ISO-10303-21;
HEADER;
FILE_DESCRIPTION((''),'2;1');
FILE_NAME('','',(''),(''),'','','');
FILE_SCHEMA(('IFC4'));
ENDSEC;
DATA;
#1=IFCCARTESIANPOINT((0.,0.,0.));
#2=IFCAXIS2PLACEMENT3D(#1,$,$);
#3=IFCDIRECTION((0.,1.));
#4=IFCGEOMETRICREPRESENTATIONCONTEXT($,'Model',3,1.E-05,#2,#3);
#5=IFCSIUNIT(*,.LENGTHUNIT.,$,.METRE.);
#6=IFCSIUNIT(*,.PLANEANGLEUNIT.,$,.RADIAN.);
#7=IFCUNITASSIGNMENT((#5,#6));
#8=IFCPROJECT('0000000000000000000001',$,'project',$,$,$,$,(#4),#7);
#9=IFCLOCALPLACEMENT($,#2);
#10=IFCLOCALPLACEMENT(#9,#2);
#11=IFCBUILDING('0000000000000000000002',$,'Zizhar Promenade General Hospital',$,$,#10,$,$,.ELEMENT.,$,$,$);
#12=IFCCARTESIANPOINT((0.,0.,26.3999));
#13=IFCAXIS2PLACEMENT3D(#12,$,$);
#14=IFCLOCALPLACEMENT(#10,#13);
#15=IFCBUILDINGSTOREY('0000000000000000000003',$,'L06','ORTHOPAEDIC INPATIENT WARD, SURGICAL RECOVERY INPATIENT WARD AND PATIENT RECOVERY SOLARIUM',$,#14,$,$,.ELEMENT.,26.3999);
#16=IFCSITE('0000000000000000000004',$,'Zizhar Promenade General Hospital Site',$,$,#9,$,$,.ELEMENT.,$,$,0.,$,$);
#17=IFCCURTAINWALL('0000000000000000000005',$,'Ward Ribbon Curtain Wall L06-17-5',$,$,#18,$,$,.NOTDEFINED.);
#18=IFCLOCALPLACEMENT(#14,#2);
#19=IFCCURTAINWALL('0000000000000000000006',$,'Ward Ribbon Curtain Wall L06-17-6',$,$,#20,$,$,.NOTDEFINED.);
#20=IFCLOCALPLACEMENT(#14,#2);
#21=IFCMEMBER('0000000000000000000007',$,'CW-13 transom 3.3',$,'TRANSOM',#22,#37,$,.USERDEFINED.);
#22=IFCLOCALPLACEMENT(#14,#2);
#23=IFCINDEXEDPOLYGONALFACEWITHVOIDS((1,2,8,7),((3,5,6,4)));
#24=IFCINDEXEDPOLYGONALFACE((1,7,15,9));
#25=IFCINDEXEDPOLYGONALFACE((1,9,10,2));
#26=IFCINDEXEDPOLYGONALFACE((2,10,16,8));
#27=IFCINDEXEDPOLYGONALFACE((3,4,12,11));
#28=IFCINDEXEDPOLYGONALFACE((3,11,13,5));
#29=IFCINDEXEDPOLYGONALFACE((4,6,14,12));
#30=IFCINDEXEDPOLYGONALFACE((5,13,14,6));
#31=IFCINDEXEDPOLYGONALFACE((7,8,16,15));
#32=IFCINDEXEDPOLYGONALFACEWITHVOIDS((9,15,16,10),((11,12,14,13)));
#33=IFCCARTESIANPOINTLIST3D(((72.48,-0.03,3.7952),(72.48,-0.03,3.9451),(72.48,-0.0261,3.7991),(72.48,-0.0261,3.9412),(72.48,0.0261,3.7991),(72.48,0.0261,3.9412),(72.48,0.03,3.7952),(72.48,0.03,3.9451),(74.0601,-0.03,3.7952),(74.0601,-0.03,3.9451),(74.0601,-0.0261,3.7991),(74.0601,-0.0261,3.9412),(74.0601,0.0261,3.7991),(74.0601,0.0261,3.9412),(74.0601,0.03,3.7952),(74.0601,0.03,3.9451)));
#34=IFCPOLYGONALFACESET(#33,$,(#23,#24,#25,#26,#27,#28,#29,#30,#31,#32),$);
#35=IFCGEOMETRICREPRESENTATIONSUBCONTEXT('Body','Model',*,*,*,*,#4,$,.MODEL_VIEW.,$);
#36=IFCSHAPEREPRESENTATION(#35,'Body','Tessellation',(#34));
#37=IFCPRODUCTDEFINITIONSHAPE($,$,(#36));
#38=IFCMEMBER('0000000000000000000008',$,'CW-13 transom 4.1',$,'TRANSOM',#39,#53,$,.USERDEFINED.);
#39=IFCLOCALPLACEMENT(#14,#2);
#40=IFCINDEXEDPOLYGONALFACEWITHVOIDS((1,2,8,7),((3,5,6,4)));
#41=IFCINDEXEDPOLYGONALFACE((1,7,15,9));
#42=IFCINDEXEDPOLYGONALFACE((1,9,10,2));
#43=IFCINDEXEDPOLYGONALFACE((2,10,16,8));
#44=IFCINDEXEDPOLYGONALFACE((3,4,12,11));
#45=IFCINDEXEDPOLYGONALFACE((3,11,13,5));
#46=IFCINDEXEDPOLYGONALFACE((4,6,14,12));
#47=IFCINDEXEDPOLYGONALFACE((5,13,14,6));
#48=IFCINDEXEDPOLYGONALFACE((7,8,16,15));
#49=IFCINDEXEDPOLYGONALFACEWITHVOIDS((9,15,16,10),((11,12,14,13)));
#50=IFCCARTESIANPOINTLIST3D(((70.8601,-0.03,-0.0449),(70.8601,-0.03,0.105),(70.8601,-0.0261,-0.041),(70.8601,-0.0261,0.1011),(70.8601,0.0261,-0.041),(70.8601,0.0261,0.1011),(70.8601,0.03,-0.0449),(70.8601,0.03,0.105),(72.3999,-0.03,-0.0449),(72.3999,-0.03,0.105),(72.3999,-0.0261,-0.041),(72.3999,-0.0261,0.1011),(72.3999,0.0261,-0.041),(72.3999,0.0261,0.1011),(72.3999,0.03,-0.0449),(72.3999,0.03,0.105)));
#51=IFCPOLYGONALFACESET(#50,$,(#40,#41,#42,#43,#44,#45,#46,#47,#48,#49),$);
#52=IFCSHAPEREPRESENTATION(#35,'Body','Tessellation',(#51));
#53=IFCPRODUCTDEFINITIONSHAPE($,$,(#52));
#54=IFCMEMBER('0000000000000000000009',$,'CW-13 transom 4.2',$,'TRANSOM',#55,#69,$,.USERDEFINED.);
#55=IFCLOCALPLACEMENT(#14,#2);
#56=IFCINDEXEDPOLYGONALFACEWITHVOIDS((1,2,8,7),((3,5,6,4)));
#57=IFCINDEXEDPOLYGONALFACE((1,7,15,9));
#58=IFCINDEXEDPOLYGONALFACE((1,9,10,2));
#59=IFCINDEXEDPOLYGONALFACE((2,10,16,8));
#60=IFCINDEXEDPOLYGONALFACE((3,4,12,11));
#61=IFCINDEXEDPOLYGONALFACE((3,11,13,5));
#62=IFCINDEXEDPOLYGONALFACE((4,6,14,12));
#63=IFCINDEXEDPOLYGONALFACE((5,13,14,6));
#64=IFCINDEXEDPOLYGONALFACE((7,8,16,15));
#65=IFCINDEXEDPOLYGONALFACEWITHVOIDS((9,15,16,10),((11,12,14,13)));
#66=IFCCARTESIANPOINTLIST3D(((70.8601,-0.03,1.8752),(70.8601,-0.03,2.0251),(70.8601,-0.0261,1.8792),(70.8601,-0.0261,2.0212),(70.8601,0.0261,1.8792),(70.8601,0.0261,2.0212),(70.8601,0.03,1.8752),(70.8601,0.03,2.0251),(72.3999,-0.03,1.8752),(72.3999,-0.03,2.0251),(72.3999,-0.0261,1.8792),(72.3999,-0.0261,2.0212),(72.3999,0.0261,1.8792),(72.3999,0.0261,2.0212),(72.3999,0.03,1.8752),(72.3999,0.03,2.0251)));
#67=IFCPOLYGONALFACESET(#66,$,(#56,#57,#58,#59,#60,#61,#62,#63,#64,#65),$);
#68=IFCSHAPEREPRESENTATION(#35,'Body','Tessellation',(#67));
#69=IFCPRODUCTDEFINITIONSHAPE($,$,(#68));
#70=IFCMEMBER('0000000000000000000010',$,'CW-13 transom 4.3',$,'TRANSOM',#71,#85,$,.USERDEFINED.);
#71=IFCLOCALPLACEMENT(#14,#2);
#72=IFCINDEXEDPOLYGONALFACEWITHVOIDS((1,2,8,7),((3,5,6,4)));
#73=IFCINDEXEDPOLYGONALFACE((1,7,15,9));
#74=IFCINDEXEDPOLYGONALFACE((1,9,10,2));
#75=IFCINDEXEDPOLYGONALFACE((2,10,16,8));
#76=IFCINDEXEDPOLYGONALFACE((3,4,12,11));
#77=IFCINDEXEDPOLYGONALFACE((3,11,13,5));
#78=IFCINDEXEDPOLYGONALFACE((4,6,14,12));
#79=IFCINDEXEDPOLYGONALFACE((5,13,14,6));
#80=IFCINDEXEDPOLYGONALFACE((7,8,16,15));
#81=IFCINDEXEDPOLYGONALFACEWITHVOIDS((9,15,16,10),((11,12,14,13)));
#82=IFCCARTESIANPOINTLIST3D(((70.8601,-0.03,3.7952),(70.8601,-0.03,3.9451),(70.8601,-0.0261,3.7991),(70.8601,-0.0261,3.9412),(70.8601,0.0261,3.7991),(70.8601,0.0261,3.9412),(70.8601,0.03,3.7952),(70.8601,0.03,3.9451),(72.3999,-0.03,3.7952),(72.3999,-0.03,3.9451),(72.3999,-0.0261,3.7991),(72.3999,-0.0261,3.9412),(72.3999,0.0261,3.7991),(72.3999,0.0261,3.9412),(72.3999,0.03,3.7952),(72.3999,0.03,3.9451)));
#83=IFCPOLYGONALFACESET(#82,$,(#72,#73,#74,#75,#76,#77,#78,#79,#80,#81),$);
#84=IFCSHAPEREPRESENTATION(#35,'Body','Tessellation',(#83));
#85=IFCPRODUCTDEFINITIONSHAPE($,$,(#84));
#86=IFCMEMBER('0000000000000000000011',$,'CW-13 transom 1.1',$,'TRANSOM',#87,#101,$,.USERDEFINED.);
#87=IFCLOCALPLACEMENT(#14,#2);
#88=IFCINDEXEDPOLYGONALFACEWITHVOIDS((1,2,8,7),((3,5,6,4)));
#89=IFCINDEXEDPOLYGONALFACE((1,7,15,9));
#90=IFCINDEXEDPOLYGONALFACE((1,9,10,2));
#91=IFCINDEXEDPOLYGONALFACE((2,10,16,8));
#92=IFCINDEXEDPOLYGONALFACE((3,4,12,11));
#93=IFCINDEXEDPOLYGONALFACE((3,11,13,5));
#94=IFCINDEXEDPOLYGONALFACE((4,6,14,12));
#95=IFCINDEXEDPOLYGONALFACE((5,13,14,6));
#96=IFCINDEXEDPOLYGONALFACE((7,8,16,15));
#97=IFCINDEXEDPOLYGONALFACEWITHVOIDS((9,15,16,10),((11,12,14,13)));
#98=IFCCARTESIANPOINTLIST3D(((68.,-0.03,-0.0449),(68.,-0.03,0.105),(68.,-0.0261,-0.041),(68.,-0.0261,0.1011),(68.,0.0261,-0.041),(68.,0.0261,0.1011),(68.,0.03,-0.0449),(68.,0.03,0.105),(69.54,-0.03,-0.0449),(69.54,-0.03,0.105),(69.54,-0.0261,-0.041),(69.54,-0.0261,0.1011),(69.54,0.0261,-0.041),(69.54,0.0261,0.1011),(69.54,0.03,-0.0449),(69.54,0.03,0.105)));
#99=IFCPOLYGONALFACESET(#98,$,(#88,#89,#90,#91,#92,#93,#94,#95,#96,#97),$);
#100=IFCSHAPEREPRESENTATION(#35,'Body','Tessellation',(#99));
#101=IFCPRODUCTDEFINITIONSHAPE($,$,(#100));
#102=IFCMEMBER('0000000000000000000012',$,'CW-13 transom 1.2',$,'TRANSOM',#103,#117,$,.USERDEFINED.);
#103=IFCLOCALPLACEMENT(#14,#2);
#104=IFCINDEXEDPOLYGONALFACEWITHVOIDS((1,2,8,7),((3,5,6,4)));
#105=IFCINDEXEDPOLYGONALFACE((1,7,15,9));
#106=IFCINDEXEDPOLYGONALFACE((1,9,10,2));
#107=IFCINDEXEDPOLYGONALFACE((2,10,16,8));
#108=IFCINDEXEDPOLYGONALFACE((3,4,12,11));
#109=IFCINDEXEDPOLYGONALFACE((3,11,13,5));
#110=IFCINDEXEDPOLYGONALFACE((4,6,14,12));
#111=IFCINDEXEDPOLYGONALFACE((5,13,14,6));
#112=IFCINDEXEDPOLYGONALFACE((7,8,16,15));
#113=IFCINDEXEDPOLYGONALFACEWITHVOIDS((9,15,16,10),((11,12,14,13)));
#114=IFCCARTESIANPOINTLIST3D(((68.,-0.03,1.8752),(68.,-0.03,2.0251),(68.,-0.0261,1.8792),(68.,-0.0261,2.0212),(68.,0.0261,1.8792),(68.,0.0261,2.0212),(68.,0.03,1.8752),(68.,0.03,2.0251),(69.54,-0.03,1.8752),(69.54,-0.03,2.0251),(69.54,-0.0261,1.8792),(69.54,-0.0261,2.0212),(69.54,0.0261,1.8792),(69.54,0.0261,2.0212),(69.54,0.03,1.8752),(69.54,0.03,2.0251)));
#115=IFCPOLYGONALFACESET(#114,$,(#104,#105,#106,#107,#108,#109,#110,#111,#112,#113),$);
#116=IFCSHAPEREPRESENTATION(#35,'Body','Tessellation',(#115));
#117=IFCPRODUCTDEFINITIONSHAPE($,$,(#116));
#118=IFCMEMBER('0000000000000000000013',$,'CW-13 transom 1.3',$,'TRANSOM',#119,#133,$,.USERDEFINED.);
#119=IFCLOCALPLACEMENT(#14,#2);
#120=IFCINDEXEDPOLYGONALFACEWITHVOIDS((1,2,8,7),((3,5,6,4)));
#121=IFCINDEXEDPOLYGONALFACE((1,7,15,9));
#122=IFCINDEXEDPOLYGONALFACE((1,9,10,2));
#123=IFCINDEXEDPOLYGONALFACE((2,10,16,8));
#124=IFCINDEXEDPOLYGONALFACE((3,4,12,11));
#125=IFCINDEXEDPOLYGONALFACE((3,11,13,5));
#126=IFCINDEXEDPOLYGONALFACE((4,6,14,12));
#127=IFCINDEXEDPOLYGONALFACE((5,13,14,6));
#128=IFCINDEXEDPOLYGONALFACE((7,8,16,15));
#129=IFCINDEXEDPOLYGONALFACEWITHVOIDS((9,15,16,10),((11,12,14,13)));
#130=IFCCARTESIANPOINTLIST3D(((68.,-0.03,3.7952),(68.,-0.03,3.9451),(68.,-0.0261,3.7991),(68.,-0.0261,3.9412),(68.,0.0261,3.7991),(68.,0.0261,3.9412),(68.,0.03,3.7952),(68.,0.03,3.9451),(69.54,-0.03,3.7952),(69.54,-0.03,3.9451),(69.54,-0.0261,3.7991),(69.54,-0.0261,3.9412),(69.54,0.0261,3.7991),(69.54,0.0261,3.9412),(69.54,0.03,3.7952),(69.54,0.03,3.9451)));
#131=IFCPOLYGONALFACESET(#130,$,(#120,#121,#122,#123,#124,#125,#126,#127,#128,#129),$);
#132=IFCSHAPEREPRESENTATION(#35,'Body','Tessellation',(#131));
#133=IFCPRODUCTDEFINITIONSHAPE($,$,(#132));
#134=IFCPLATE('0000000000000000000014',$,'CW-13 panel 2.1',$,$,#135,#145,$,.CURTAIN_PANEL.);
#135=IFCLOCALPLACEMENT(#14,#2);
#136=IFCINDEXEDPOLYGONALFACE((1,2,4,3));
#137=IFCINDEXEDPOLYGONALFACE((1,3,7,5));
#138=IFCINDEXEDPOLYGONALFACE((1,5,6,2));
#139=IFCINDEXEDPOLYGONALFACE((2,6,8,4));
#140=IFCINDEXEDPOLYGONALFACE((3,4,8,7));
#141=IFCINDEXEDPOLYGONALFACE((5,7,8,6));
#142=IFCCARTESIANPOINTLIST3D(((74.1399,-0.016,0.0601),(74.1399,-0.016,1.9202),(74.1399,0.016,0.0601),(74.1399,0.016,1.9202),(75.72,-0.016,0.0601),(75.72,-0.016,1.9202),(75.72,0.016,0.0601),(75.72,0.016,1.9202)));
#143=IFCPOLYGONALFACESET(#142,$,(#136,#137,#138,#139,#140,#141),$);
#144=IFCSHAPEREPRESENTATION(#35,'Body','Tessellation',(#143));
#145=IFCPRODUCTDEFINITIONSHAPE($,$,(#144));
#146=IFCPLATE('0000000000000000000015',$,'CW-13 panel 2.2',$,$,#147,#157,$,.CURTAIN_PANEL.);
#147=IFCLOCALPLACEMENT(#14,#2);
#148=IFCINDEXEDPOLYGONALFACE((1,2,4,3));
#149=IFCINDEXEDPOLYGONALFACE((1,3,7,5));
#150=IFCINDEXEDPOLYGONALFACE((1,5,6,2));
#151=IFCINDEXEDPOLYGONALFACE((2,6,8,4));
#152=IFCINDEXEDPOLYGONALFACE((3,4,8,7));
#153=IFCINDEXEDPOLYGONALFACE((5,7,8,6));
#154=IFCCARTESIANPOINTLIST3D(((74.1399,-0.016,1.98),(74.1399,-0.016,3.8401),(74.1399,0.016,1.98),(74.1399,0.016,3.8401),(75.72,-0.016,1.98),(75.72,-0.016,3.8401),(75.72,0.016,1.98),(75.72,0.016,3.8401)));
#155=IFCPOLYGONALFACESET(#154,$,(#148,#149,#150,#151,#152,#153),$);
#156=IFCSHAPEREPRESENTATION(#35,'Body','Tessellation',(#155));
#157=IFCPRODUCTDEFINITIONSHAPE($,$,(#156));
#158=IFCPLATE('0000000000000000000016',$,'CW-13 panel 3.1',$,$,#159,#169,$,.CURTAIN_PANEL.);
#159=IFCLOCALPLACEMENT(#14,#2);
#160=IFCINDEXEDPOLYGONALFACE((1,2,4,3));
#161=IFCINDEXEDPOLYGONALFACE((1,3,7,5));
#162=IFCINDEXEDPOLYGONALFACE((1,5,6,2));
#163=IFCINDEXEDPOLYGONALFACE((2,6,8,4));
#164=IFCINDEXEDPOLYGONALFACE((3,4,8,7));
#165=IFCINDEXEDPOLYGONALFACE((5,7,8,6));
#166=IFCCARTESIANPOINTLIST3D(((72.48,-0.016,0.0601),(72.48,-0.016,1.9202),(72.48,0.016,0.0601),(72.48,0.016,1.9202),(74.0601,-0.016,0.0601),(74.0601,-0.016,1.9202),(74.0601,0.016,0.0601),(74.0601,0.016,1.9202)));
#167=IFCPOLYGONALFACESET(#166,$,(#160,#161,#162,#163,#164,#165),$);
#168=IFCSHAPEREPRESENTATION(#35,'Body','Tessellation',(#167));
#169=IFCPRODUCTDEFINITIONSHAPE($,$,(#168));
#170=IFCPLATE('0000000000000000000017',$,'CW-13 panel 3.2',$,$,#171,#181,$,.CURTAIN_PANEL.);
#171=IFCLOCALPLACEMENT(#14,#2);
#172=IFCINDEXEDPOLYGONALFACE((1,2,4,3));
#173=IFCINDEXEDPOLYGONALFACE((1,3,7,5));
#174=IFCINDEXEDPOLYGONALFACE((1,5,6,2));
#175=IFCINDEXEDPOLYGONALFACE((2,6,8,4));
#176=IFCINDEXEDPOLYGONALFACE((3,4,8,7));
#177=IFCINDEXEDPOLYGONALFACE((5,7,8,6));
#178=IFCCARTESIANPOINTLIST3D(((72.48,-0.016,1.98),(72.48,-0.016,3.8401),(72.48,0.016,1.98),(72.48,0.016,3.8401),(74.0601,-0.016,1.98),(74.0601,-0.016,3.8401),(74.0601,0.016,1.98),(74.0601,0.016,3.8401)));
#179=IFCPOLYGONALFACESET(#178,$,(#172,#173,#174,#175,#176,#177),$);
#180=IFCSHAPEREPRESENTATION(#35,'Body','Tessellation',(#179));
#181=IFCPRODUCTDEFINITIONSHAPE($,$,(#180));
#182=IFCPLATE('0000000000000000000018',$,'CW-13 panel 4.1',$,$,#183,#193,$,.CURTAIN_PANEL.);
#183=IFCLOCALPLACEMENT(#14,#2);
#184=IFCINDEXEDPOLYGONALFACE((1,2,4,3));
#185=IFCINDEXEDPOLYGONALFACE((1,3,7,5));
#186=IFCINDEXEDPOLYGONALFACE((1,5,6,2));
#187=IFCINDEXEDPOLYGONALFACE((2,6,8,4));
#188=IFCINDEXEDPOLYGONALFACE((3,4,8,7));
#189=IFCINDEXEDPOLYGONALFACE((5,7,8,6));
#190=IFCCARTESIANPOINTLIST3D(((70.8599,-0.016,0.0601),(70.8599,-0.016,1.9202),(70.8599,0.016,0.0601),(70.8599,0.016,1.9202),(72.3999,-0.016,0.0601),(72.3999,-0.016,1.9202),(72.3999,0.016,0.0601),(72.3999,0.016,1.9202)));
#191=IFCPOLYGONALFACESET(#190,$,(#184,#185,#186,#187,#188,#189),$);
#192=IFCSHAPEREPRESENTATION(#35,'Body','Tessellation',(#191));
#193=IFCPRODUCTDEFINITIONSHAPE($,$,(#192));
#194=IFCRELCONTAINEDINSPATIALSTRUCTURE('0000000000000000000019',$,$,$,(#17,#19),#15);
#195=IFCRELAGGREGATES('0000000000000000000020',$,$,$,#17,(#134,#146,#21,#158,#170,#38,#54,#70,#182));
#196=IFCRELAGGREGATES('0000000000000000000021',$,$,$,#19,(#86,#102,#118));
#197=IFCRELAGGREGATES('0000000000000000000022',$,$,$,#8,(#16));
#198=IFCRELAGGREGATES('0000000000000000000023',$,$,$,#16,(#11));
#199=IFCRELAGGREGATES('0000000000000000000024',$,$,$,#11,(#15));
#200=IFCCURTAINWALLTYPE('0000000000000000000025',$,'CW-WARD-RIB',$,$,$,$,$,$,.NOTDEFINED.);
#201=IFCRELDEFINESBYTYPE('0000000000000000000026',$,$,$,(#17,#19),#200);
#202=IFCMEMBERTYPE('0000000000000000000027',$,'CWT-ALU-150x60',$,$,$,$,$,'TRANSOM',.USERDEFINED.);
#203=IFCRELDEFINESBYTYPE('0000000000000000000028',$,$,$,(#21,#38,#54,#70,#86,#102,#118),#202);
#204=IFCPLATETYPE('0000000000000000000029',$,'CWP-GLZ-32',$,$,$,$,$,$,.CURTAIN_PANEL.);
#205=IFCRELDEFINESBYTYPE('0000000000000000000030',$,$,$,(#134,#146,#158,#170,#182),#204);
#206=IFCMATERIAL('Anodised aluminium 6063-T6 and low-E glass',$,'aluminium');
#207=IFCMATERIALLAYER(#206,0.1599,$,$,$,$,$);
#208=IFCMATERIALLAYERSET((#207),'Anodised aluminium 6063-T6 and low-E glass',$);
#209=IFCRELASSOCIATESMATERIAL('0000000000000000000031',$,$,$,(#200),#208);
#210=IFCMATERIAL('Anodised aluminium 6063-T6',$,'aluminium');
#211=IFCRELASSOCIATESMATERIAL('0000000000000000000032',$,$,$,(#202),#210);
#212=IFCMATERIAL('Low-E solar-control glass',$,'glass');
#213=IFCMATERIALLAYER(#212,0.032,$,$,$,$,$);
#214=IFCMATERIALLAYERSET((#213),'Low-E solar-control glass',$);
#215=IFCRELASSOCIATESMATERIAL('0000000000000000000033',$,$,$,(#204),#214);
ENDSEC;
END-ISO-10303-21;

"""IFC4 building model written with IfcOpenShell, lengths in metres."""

from ifc_helpers import new_model, si_unit, direction, frame, origin, origin_2d, place, context, subcontext, project, spatial, rectangle, hollow_rectangle, extrude, material, layer, layer_set, material_profile, profile_set, type_object, element, aggregate, save


model = new_model("IFC4")

# Units and contexts
model_context = context("Model", 3, precision=1e-05, world=origin(), true_north=direction((0.0, 1.0)))
body_context = subcontext(model_context, "Body", "Model", "MODEL_VIEW")
ifc_project = project(units=[si_unit("LENGTHUNIT", "METRE"), si_unit("PLANEANGLEUNIT", "RADIAN")], contexts=[model_context])

# Site, building, storey
site_placement = place(None, origin())
site = spatial("IfcSite", under=ifc_project, at=site_placement, Name="Zizhar Promenade General Hospital Site", CompositionType="ELEMENT", RefElevation=0.0)
building_placement = place(site_placement, origin())
building = spatial("IfcBuilding", under=site, at=building_placement, Name="Zizhar Promenade General Hospital", CompositionType="ELEMENT")
storey_placement = place(building_placement, frame((0.0, 0.0, 26.3999)))
storey = spatial("IfcBuildingStorey", under=building, at=storey_placement, Name="L06", Description="ORTHOPAEDIC INPATIENT WARD, SURGICAL RECOVERY INPATIENT WARD AND PATIENT RECOVERY SOLARIUM", CompositionType="ELEMENT", Elevation=26.3999)

# Curtain wall
ifc_material_1 = material(Name="Anodised aluminium 6063-T6 and low-E glass", Category="aluminium")
ifc_layer_1 = layer(ifc_material_1, 0.1599)
ifc_layer_set_1 = layer_set([ifc_layer_1], Name="Anodised aluminium 6063-T6 and low-E glass")
curtain_wall_type = type_object("IfcCurtainWallType", Name="CW-WARD-RIB", PredefinedType="NOTDEFINED", material=ifc_layer_set_1)
curtain_wall_1_placement = place(storey_placement, origin())
curtain_wall_1 = element("IfcCurtainWall", 1, at=curtain_wall_1_placement, inside=storey, type_object=curtain_wall_type, Name="Ward Ribbon Curtain Wall L06-17-5", PredefinedType="NOTDEFINED")

# Curtain wall
curtain_wall_2_placement = place(storey_placement, origin())
curtain_wall_2 = element("IfcCurtainWall", 2, at=curtain_wall_2_placement, inside=storey, type_object=curtain_wall_type, Name="Ward Ribbon Curtain Wall L06-17-6", PredefinedType="NOTDEFINED")

# Members
ifc_material_2 = material(Name="Anodised aluminium 6063-T6", Category="aluminium")
ifc_material_profile_1 = material_profile(ifc_material_2, hollow_rectangle(XDim=0.0601, YDim=0.1499, WallThickness=0.0039, at=origin_2d()))
ifc_profile_set_1 = profile_set([ifc_material_profile_1], Name="Anodised aluminium 6063-T6")
member_type_1 = type_object("IfcMemberType", Name="CWT-ALU-150x60", ElementType="TRANSOM", PredefinedType="USERDEFINED", material=ifc_profile_set_1)
member_1_placement = place(storey_placement, frame((74.0601, 0.0, 3.8701), z_axis=(-1.0, 0.0, 0.0), x_axis=(0.0, -1.0, 0.0)))
member_1 = element("IfcMember", 3, at=member_1_placement, type_object=member_type_1, Name="CW-13 transom 3.3", ObjectType="TRANSOM", PredefinedType="USERDEFINED", context=body_context, shape_type="SweptSolid", body=[
    extrude(hollow_rectangle(XDim=0.0601, YDim=0.1499, WallThickness=0.0039, at=origin_2d()), origin(), (0.0, 0.0, 1.0), 1.5801),
])
member_2_placement = place(storey_placement, frame((72.3999, 0.0, 0.03), z_axis=(-1.0, 0.0, 0.0), x_axis=(0.0, -1.0, 0.0)))
member_2 = element("IfcMember", 4, at=member_2_placement, type_object=member_type_1, Name="CW-13 transom 4.1", ObjectType="TRANSOM", PredefinedType="USERDEFINED", context=body_context, shape_type="SweptSolid", body=[
    extrude(hollow_rectangle(XDim=0.0601, YDim=0.1499, WallThickness=0.0039, at=origin_2d()), origin(), (0.0, 0.0, 1.0), 1.5398),
])
member_3_placement = place(storey_placement, frame((72.3999, 0.0, 1.9502), z_axis=(-1.0, 0.0, 0.0), x_axis=(0.0, -1.0, 0.0)))
member_3 = element("IfcMember", 5, at=member_3_placement, type_object=member_type_1, Name="CW-13 transom 4.2", ObjectType="TRANSOM", PredefinedType="USERDEFINED", context=body_context, shape_type="SweptSolid", body=[
    extrude(hollow_rectangle(XDim=0.0601, YDim=0.1499, WallThickness=0.0039, at=origin_2d()), origin(), (0.0, 0.0, 1.0), 1.5398),
])
member_4_placement = place(storey_placement, frame((72.3999, 0.0, 3.8701), z_axis=(-1.0, 0.0, 0.0), x_axis=(0.0, -1.0, 0.0)))
member_4 = element("IfcMember", 6, at=member_4_placement, type_object=member_type_1, Name="CW-13 transom 4.3", ObjectType="TRANSOM", PredefinedType="USERDEFINED", context=body_context, shape_type="SweptSolid", body=[
    extrude(hollow_rectangle(XDim=0.0601, YDim=0.1499, WallThickness=0.0039, at=origin_2d()), origin(), (0.0, 0.0, 1.0), 1.5398),
])
member_5_placement = place(storey_placement, frame((69.54, 0.0, 0.03), z_axis=(-1.0, 0.0, 0.0), x_axis=(0.0, -1.0, 0.0)))
member_5 = element("IfcMember", 7, at=member_5_placement, type_object=member_type_1, Name="CW-13 transom 1.1", ObjectType="TRANSOM", PredefinedType="USERDEFINED", context=body_context, shape_type="SweptSolid", body=[
    extrude(hollow_rectangle(XDim=0.0601, YDim=0.1499, WallThickness=0.0039, at=origin_2d()), origin(), (0.0, 0.0, 1.0), 1.54),
])
member_6_placement = place(storey_placement, frame((69.54, 0.0, 1.9502), z_axis=(-1.0, 0.0, 0.0), x_axis=(0.0, -1.0, 0.0)))
member_6 = element("IfcMember", 8, at=member_6_placement, type_object=member_type_1, Name="CW-13 transom 1.2", ObjectType="TRANSOM", PredefinedType="USERDEFINED", context=body_context, shape_type="SweptSolid", body=[
    extrude(hollow_rectangle(XDim=0.0601, YDim=0.1499, WallThickness=0.0039, at=origin_2d()), origin(), (0.0, 0.0, 1.0), 1.54),
])
member_7_placement = place(storey_placement, frame((69.54, 0.0, 3.8701), z_axis=(-1.0, 0.0, 0.0), x_axis=(0.0, -1.0, 0.0)))
member_7 = element("IfcMember", 9, at=member_7_placement, type_object=member_type_1, Name="CW-13 transom 1.3", ObjectType="TRANSOM", PredefinedType="USERDEFINED", context=body_context, shape_type="SweptSolid", body=[
    extrude(hollow_rectangle(XDim=0.0601, YDim=0.1499, WallThickness=0.0039, at=origin_2d()), origin(), (0.0, 0.0, 1.0), 1.54),
])

# Plates
ifc_material_3 = material(Name="Low-E solar-control glass", Category="glass")
ifc_layer_2 = layer(ifc_material_3, 0.032)
ifc_layer_set_2 = layer_set([ifc_layer_2], Name="Low-E solar-control glass")
plate_type = type_object("IfcPlateType", Name="CWP-GLZ-32", PredefinedType="CURTAIN_PANEL", material=ifc_layer_set_2)
plate_1_placement = place(storey_placement, frame((74.9299, 0.0, 0.0601), z_axis=(0.0, 0.0, 1.0), x_axis=(-1.0, 0.0, 0.0)))
plate_1 = element("IfcPlate", 10, at=plate_1_placement, type_object=plate_type, Name="CW-13 panel 2.1", PredefinedType="CURTAIN_PANEL", context=body_context, shape_type="SweptSolid", body=[
    extrude(rectangle(XDim=1.5801, YDim=0.032, at=origin_2d()), origin(), (0.0, 0.0, 1.0), 1.8601),
])
plate_2_placement = place(storey_placement, frame((74.9299, 0.0, 1.98), z_axis=(0.0, 0.0, 1.0), x_axis=(-1.0, 0.0, 0.0)))
plate_2 = element("IfcPlate", 11, at=plate_2_placement, type_object=plate_type, Name="CW-13 panel 2.2", PredefinedType="CURTAIN_PANEL", context=body_context, shape_type="SweptSolid", body=[
    extrude(rectangle(XDim=1.5801, YDim=0.032, at=origin_2d()), origin(), (0.0, 0.0, 1.0), 1.8601),
])
plate_3_placement = place(storey_placement, frame((73.27, 0.0, 0.0601), z_axis=(0.0, 0.0, 1.0), x_axis=(-1.0, 0.0, 0.0)))
plate_3 = element("IfcPlate", 12, at=plate_3_placement, type_object=plate_type, Name="CW-13 panel 3.1", PredefinedType="CURTAIN_PANEL", context=body_context, shape_type="SweptSolid", body=[
    extrude(rectangle(XDim=1.5801, YDim=0.032, at=origin_2d()), origin(), (0.0, 0.0, 1.0), 1.8601),
])
plate_4_placement = place(storey_placement, frame((73.27, 0.0, 1.98), z_axis=(0.0, 0.0, 1.0), x_axis=(-1.0, 0.0, 0.0)))
plate_4 = element("IfcPlate", 13, at=plate_4_placement, type_object=plate_type, Name="CW-13 panel 3.2", PredefinedType="CURTAIN_PANEL", context=body_context, shape_type="SweptSolid", body=[
    extrude(rectangle(XDim=1.5801, YDim=0.032, at=origin_2d()), origin(), (0.0, 0.0, 1.0), 1.8601),
])
plate_5_placement = place(storey_placement, frame((71.6299, 0.0, 0.0601), z_axis=(0.0, 0.0, 1.0), x_axis=(-1.0, 0.0, 0.0)))
plate_5 = element("IfcPlate", 14, at=plate_5_placement, type_object=plate_type, Name="CW-13 panel 4.1", PredefinedType="CURTAIN_PANEL", context=body_context, shape_type="SweptSolid", body=[
    extrude(rectangle(XDim=1.54, YDim=0.032, at=origin_2d()), origin(), (0.0, 0.0, 1.0), 1.8601),
])
aggregate(curtain_wall_1, [plate_1, plate_2, member_1, plate_3, plate_4, member_2, member_3, member_4, plate_5])
aggregate(curtain_wall_2, [member_5, member_6, member_7])

save(model, "model.ifc")
